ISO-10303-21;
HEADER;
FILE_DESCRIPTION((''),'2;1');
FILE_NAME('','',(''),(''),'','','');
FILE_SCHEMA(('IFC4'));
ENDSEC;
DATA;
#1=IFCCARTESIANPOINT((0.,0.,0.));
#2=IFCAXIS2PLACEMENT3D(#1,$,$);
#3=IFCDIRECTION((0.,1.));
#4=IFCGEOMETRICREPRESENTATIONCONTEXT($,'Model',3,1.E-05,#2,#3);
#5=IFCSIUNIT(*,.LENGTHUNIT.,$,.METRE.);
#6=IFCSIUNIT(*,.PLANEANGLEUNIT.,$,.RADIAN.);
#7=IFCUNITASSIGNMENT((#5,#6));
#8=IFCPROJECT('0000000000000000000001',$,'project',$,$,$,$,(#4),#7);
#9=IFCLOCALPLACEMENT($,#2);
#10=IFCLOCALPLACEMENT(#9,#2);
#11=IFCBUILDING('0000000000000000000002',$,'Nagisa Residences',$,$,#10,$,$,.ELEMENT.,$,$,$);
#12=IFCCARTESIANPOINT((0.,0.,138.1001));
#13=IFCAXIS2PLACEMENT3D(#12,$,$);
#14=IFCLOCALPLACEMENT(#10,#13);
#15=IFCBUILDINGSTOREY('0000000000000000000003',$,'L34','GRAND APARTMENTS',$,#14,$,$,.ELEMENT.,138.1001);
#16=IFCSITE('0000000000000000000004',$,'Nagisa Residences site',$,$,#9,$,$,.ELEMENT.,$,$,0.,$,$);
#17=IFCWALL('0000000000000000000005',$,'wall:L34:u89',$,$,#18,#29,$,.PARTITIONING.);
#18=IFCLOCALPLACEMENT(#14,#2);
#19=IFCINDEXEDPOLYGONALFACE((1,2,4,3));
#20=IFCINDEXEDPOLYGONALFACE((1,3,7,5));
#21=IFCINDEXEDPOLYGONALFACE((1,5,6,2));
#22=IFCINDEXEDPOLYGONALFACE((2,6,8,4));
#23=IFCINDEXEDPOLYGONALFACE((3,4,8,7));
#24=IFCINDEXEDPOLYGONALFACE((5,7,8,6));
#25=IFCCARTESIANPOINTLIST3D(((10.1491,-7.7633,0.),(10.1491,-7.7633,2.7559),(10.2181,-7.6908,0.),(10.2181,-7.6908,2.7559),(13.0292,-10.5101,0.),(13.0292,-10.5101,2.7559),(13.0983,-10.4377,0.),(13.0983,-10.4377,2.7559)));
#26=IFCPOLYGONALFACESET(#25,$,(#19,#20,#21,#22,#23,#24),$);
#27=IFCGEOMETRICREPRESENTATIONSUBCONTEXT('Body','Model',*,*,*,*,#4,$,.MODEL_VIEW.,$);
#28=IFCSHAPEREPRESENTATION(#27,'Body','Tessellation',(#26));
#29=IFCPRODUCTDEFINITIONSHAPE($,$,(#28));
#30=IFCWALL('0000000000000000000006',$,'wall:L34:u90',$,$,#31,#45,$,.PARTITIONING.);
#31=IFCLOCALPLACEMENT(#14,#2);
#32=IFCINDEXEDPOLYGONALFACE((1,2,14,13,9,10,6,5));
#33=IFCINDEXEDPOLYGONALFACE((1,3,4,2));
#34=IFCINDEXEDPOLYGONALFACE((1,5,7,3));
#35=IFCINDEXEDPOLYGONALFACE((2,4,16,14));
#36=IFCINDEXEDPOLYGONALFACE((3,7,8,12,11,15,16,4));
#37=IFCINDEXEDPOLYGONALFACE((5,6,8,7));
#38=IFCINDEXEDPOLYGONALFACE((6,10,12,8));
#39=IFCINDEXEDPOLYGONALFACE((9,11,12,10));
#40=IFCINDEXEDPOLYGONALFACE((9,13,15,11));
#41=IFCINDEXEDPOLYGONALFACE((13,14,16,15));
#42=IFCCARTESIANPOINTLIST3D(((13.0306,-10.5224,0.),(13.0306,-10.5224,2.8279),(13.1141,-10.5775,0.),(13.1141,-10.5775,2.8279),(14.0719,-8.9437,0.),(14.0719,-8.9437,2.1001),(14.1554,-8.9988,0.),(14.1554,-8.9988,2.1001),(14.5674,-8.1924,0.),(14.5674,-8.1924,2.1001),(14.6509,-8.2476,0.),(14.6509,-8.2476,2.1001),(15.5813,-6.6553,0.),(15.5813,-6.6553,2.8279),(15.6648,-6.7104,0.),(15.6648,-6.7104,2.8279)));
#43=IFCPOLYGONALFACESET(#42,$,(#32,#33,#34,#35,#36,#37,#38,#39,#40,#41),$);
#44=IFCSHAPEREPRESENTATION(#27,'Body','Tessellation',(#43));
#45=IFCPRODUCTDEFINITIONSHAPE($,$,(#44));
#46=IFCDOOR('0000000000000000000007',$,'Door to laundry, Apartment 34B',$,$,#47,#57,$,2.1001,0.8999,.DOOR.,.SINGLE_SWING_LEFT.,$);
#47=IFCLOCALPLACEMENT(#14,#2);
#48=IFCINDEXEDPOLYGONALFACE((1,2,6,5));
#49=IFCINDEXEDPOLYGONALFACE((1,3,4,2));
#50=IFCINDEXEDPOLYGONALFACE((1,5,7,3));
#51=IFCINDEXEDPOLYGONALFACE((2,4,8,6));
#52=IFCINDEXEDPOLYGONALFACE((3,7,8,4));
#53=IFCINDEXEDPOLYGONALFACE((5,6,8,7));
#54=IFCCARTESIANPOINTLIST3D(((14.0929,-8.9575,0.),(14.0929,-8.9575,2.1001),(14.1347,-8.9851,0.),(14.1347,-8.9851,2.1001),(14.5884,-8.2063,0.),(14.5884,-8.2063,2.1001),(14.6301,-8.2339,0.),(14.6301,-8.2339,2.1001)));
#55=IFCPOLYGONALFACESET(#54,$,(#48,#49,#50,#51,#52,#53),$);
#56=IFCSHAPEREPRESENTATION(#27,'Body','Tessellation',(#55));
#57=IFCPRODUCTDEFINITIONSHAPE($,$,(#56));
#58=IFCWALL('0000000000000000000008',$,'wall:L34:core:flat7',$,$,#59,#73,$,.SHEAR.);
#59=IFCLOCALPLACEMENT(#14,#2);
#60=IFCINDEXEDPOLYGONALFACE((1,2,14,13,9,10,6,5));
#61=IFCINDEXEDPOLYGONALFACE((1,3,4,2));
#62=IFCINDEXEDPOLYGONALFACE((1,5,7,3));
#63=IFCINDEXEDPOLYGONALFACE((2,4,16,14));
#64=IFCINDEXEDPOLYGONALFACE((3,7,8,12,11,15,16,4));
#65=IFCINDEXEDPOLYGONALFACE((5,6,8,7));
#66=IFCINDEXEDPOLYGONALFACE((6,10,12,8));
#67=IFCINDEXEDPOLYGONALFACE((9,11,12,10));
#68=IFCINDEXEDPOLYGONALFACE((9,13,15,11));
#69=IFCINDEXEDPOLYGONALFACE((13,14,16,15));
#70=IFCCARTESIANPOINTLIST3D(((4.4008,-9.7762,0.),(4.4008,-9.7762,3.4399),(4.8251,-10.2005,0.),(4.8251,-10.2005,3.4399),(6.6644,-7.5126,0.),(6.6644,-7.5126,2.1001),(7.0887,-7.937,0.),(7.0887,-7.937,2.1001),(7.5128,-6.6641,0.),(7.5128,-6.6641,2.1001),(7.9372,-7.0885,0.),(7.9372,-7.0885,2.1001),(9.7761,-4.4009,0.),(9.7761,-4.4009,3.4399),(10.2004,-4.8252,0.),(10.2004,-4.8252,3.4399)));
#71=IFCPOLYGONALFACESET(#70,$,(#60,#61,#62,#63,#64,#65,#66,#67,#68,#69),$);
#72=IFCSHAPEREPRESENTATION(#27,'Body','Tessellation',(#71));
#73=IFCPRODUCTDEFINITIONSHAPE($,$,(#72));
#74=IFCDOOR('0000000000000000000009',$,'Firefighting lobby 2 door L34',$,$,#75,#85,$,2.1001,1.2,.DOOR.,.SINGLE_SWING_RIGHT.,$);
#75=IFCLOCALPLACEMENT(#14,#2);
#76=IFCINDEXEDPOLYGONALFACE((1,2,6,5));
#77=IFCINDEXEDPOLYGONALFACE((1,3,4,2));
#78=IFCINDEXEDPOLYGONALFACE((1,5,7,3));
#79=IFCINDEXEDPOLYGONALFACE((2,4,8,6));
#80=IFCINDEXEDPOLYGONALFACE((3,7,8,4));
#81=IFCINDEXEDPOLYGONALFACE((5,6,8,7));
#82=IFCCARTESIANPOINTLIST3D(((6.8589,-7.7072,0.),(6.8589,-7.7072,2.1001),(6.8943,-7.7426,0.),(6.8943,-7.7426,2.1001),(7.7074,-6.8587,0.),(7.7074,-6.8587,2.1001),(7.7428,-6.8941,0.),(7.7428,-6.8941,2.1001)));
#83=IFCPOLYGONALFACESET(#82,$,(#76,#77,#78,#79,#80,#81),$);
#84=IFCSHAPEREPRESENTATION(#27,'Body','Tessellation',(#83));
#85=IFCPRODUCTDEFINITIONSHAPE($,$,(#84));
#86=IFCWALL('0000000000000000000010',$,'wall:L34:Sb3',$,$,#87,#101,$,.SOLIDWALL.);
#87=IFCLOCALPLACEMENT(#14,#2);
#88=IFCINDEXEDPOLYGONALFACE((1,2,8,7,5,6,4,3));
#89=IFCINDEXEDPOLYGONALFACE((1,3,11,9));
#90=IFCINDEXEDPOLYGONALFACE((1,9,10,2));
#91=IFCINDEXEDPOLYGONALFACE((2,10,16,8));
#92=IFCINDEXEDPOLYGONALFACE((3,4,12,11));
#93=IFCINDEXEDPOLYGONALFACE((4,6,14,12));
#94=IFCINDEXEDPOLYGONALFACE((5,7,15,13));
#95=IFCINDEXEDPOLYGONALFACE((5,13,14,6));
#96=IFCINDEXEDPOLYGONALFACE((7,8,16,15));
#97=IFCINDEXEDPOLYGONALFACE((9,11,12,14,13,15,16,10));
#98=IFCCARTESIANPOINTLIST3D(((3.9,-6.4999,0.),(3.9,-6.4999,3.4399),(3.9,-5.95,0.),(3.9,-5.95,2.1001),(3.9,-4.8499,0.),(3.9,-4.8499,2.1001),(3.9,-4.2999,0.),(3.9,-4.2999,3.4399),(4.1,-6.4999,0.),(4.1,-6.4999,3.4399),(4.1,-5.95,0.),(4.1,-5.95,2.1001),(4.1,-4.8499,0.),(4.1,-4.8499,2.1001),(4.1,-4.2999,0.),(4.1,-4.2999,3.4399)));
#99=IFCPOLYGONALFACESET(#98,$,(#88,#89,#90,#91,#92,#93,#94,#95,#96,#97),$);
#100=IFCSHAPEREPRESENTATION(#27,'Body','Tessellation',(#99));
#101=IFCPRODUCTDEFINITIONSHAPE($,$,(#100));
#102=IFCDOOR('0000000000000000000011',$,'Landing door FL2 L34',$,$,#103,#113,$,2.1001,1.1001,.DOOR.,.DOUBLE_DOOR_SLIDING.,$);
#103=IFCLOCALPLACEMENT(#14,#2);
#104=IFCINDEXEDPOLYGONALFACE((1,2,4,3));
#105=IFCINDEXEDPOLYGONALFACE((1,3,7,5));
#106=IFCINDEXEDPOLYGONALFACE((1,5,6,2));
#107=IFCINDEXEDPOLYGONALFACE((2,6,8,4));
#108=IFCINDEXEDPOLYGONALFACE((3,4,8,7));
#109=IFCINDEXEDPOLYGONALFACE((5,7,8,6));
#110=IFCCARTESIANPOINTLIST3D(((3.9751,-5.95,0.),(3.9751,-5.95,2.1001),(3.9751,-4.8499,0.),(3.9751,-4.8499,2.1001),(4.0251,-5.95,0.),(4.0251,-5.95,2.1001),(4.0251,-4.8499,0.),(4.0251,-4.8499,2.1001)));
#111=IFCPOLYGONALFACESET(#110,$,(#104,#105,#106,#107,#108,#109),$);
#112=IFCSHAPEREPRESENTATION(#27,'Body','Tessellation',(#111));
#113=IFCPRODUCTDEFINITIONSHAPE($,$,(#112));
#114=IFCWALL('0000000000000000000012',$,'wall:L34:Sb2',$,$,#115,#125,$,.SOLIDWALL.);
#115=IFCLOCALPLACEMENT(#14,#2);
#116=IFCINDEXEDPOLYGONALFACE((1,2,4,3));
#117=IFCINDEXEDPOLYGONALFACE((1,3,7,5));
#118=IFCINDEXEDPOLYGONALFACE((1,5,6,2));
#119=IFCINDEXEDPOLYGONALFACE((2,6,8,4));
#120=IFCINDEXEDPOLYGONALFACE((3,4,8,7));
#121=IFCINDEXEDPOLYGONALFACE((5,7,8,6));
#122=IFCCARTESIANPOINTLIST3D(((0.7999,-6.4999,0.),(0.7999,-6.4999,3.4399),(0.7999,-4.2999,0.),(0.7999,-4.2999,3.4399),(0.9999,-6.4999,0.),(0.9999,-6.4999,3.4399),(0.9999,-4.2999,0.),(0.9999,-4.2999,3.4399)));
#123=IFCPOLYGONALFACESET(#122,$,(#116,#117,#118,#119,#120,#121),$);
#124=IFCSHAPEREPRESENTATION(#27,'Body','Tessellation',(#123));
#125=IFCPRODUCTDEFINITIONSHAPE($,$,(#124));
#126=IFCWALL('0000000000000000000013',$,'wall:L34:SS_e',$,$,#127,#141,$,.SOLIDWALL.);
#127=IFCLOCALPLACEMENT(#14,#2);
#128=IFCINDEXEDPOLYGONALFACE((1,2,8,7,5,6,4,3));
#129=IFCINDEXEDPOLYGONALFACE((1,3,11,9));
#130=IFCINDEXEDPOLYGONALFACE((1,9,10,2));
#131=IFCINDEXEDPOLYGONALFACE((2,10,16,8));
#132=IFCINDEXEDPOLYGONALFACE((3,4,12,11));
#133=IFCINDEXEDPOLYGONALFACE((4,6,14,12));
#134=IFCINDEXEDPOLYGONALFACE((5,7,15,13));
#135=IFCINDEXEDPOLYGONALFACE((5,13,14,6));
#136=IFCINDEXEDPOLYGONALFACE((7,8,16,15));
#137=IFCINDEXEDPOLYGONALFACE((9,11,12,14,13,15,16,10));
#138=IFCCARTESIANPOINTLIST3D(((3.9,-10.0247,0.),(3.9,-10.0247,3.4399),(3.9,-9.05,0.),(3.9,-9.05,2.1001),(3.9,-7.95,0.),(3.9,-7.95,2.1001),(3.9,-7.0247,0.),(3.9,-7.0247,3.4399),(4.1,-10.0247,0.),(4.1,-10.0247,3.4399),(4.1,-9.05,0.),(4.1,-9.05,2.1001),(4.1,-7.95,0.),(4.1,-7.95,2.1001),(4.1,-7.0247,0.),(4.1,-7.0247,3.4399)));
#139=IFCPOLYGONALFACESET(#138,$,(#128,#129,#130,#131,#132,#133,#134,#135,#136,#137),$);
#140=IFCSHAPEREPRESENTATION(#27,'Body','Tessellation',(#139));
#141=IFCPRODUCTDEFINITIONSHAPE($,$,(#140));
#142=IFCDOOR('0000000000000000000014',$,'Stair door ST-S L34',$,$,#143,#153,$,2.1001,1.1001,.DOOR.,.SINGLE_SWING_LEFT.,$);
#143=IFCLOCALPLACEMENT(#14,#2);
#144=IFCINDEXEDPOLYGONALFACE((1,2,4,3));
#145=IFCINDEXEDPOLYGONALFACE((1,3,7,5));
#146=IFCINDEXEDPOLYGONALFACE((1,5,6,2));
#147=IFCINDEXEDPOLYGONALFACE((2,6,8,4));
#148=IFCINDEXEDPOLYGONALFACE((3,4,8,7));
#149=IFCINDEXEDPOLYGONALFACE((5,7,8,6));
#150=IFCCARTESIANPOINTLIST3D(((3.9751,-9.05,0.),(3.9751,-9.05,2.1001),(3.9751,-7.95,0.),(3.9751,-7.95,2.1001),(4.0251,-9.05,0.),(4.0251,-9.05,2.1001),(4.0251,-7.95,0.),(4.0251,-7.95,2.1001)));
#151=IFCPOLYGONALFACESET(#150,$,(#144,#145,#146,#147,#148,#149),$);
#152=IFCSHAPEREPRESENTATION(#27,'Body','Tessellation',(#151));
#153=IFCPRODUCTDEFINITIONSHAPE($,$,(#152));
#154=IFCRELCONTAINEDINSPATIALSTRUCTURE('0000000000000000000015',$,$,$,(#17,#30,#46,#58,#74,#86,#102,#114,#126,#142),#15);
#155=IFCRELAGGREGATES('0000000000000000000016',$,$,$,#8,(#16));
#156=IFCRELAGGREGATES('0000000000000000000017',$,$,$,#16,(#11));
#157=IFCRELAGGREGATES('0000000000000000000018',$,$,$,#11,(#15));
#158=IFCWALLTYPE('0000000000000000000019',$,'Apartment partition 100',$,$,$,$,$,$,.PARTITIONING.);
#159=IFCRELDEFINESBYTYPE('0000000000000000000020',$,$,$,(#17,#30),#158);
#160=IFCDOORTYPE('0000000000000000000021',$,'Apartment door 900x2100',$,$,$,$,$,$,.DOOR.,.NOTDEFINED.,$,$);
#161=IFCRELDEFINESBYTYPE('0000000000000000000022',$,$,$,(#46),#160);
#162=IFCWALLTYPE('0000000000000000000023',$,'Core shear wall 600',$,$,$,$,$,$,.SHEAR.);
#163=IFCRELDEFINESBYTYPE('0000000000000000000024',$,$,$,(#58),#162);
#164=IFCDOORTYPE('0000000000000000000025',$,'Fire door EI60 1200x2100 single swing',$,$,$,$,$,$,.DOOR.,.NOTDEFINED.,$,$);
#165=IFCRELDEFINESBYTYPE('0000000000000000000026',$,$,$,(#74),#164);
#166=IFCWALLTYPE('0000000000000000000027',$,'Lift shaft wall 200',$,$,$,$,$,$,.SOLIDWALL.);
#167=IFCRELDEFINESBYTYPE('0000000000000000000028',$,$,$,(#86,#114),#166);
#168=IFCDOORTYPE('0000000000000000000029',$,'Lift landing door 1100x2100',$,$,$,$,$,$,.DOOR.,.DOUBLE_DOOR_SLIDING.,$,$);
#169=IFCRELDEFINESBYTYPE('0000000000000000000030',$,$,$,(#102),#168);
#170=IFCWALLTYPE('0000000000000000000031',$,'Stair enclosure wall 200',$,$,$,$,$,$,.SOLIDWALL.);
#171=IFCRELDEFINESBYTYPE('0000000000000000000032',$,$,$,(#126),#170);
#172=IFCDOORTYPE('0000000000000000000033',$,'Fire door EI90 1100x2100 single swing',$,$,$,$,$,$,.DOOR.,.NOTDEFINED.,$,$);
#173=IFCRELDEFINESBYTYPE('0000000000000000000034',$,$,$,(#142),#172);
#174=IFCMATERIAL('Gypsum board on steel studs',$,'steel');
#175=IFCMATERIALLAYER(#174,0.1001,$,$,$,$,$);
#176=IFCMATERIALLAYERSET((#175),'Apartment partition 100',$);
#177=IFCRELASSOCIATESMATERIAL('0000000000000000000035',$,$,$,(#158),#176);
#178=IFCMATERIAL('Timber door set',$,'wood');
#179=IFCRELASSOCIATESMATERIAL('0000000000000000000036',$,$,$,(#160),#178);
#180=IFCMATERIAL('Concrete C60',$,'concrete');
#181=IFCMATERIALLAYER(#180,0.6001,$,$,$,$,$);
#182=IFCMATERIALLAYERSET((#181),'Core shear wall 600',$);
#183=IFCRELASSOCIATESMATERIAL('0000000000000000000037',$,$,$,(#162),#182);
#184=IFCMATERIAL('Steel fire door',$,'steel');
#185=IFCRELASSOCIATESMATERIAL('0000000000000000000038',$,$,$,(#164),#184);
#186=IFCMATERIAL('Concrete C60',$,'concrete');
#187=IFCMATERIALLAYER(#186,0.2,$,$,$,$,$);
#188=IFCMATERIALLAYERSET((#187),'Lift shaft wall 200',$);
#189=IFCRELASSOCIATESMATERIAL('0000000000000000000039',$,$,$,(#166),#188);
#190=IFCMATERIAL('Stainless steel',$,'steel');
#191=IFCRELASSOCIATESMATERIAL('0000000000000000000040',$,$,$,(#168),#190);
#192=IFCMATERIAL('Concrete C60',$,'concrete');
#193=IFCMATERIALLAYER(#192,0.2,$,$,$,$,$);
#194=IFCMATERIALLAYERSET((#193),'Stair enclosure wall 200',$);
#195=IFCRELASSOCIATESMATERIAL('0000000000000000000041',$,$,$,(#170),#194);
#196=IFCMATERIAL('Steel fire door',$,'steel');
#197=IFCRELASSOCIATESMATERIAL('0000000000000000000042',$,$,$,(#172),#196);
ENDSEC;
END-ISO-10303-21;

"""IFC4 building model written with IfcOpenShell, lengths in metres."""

from ifc_helpers import new_model, si_unit, direction, frame, frame_2d, origin, place, context, subcontext, project, spatial, rectangle, extrude, material, layer, layer_set, type_object, element, fill, save


model = new_model("IFC4")

# Units and contexts
model_context = context("Model", 3, precision=1e-05, world=origin(), true_north=direction((0.0, 1.0)))
body_context = subcontext(model_context, "Body", "Model", "MODEL_VIEW")
ifc_project = project(units=[si_unit("LENGTHUNIT", "METRE"), si_unit("PLANEANGLEUNIT", "RADIAN")], contexts=[model_context])

# Site, building, storey
site_placement = place(None, origin())
site = spatial("IfcSite", under=ifc_project, at=site_placement, Name="Nagisa Residences site", CompositionType="ELEMENT", RefElevation=0.0)
building_placement = place(site_placement, origin())
building = spatial("IfcBuilding", under=site, at=building_placement, Name="Nagisa Residences", CompositionType="ELEMENT")
storey_placement = place(building_placement, frame((0.0, 0.0, 138.1001)))
storey = spatial("IfcBuildingStorey", under=building, at=storey_placement, Name="L34", Description="GRAND APARTMENTS", CompositionType="ELEMENT", Elevation=138.1001)

# Shared definitions
ifc_material_1 = material(Name="Gypsum board on steel studs", Category="steel")
ifc_layer_1 = layer(ifc_material_1, 0.1001)
ifc_layer_set_1 = layer_set([ifc_layer_1], Name="Apartment partition 100")
wall_type_1 = type_object("IfcWallType", Name="Apartment partition 100", PredefinedType="PARTITIONING", material=ifc_layer_set_1)
ifc_material_2 = material(Name="Timber door set", Category="wood")
door_type_1 = type_object("IfcDoorType", Name="Apartment door 900x2100", OperationType="NOTDEFINED", PredefinedType="DOOR", material=ifc_material_2)

# Wall
wall_1_placement = place(storey_placement, frame((10.1836, -7.7271, 0.0), z_axis=(0.0, 0.0, 1.0), x_axis=(0.723655, -0.690162, 0.0)))
element("IfcWall", 1, at=wall_1_placement, inside=storey, type_object=wall_type_1, Name="wall:L34:u89", PredefinedType="PARTITIONING", context=body_context, shape_type="SweptSolid", body=[
    extrude(rectangle(XDim=3.98, YDim=0.1001, at=frame_2d((1.99, 0.0))), origin(), (0.0, 0.0, 1.0), 2.7559),
])

# Walls, openings, doors
wall_2_placement = place(storey_placement, frame((13.0723, -10.55, 0.0), z_axis=(0.0, 0.0, 1.0), x_axis=(0.550607, 0.834764, 0.0)))
wall_2 = element("IfcWall", 2, at=wall_2_placement, inside=storey, type_object=wall_type_1, Name="wall:L34:u90", PredefinedType="PARTITIONING", context=body_context, shape_type="SweptSolid", body=[
    extrude(rectangle(XDim=4.6326, YDim=0.1001, at=frame_2d((2.3164, 0.0))), origin(), (0.0, 0.0, 1.0), 2.8279),
])
opening_1_placement = place(wall_2_placement, frame((1.8914, 0.0, 0.0)))
opening_1 = element("IfcOpeningElement", 3, at=opening_1_placement, cuts=wall_2, PredefinedType="OPENING", context=body_context, shape_type="SweptSolid", body=[
    extrude(rectangle(XDim=0.8999, YDim=2.1001, at=frame_2d((0.45, 1.05))), frame((0.0, 0.0601, 0.0), z_axis=(0.0, -1.0, 0.0), x_axis=(1.0, 0.0, 0.0)), (0.0, 0.0, 1.0), 0.1201),
])
door_1_placement = place(opening_1_placement, origin())
door_1 = element("IfcDoor", 4, at=door_1_placement, inside=storey, type_object=door_type_1, Name="Door to laundry, Apartment 34B", OperationType="SINGLE_SWING_LEFT", OverallHeight=2.1001, OverallWidth=0.8999, PredefinedType="DOOR", context=body_context, shape_type="SweptSolid", body=[
    extrude(rectangle(XDim=0.8999, YDim=2.1001, at=frame_2d((0.45, 1.05))), frame((0.0, 0.0249, 0.0), z_axis=(0.0, -1.0, 0.0), x_axis=(1.0, 0.0, 0.0)), (0.0, 0.0, 1.0), 0.05),
])
fill(opening_1, door_1)
ifc_material_3 = material(Name="Concrete C60", Category="concrete")
ifc_layer_2 = layer(ifc_material_3, 0.6001)
ifc_layer_set_2 = layer_set([ifc_layer_2], Name="Core shear wall 600")
wall_type_2 = type_object("IfcWallType", Name="Core shear wall 600", PredefinedType="SHEAR", material=ifc_layer_set_2)
wall_3_placement = place(storey_placement, frame((4.613, -9.9883, 0.0), z_axis=(0.0, 0.0, 1.0), x_axis=(0.707107, 0.707107, 0.0)))
wall_3 = element("IfcWall", 5, at=wall_3_placement, inside=storey, type_object=wall_type_2, Name="wall:L34:core:flat7", PredefinedType="SHEAR", context=body_context, shape_type="SweptSolid", body=[
    extrude(rectangle(XDim=7.6018, YDim=0.6001, at=frame_2d((3.8008, 0.0))), origin(), (0.0, 0.0, 1.0), 3.4399),
])
opening_2_placement = place(wall_3_placement, frame((3.2009, 0.0, 0.0)))
opening_2 = element("IfcOpeningElement", 6, at=opening_2_placement, cuts=wall_3, PredefinedType="OPENING", context=body_context, shape_type="SweptSolid", body=[
    extrude(rectangle(XDim=1.2, YDim=2.1001, at=frame_2d((0.6001, 1.05))), frame((0.0, 0.3101, 0.0), z_axis=(0.0, -1.0, 0.0), x_axis=(1.0, 0.0, 0.0)), (0.0, 0.0, 1.0), 0.6201),
])
ifc_material_4 = material(Name="Steel fire door", Category="steel")
door_type_2 = type_object("IfcDoorType", Name="Fire door EI60 1200x2100 single swing", OperationType="NOTDEFINED", PredefinedType="DOOR", material=ifc_material_4)
door_2_placement = place(opening_2_placement, origin())
door_2 = element("IfcDoor", 7, at=door_2_placement, inside=storey, type_object=door_type_2, Name="Firefighting lobby 2 door L34", OperationType="SINGLE_SWING_RIGHT", OverallHeight=2.1001, OverallWidth=1.2, PredefinedType="DOOR", context=body_context, shape_type="SweptSolid", body=[
    extrude(rectangle(XDim=1.2, YDim=2.1001, at=frame_2d((0.6001, 1.05))), frame((0.0, 0.0249, 0.0), z_axis=(0.0, -1.0, 0.0), x_axis=(1.0, 0.0, 0.0)), (0.0, 0.0, 1.0), 0.05),
])
fill(opening_2, door_2)
ifc_material_5 = material(Name="Concrete C60", Category="concrete")
ifc_layer_3 = layer(ifc_material_5, 0.2)
ifc_layer_set_3 = layer_set([ifc_layer_3], Name="Lift shaft wall 200")
wall_type_3 = type_object("IfcWallType", Name="Lift shaft wall 200", PredefinedType="SOLIDWALL", material=ifc_layer_set_3)
wall_4_placement = place(storey_placement, frame((4.0, -6.5, 0.0), z_axis=(0.0, 0.0, 1.0), x_axis=(0.0, 1.0, 0.0)))
wall_4 = element("IfcWall", 8, at=wall_4_placement, inside=storey, type_object=wall_type_3, Name="wall:L34:Sb3", PredefinedType="SOLIDWALL", context=body_context, shape_type="SweptSolid", body=[
    extrude(rectangle(XDim=2.2, YDim=0.2, at=frame_2d((1.1001, 0.0))), origin(), (0.0, 0.0, 1.0), 3.4399),
])
opening_3_placement = place(wall_4_placement, frame((0.55, 0.0, 0.0)))
opening_3 = element("IfcOpeningElement", 9, at=opening_3_placement, cuts=wall_4, PredefinedType="OPENING", context=body_context, shape_type="SweptSolid", body=[
    extrude(rectangle(XDim=1.1001, YDim=2.1001, at=frame_2d((0.55, 1.05))), frame((0.0, 0.1099, 0.0), z_axis=(0.0, -1.0, 0.0), x_axis=(1.0, 0.0, 0.0)), (0.0, 0.0, 1.0), 0.22),
])
ifc_material_6 = material(Name="Stainless steel", Category="steel")
door_type_3 = type_object("IfcDoorType", Name="Lift landing door 1100x2100", OperationType="DOUBLE_DOOR_SLIDING", PredefinedType="DOOR", material=ifc_material_6)
door_3_placement = place(opening_3_placement, origin())
door_3 = element("IfcDoor", 10, at=door_3_placement, inside=storey, type_object=door_type_3, Name="Landing door FL2 L34", OperationType="DOUBLE_DOOR_SLIDING", OverallHeight=2.1001, OverallWidth=1.1001, PredefinedType="DOOR", context=body_context, shape_type="SweptSolid", body=[
    extrude(rectangle(XDim=1.1001, YDim=2.1001, at=frame_2d((0.55, 1.05))), frame((0.0, 0.0249, 0.0), z_axis=(0.0, -1.0, 0.0), x_axis=(1.0, 0.0, 0.0)), (0.0, 0.0, 1.0), 0.05),
])
fill(opening_3, door_3)

# Wall
wall_5_placement = place(storey_placement, frame((0.8999, -6.5, 0.0), z_axis=(0.0, 0.0, 1.0), x_axis=(0.0, 1.0, 0.0)))
element("IfcWall", 11, at=wall_5_placement, inside=storey, type_object=wall_type_3, Name="wall:L34:Sb2", PredefinedType="SOLIDWALL", context=body_context, shape_type="SweptSolid", body=[
    extrude(rectangle(XDim=2.2, YDim=0.2, at=frame_2d((1.1001, 0.0))), origin(), (0.0, 0.0, 1.0), 3.4399),
])

# Wall, opening, door
ifc_material_7 = material(Name="Concrete C60", Category="concrete")
ifc_layer_4 = layer(ifc_material_7, 0.2)
ifc_layer_set_4 = layer_set([ifc_layer_4], Name="Stair enclosure wall 200")
wall_type_4 = type_object("IfcWallType", Name="Stair enclosure wall 200", PredefinedType="SOLIDWALL", material=ifc_layer_set_4)
wall_6_placement = place(storey_placement, frame((4.0, -10.0247, 0.0), z_axis=(0.0, 0.0, 1.0), x_axis=(0.0, 1.0, 0.0)))
wall_6 = element("IfcWall", 12, at=wall_6_placement, inside=storey, type_object=wall_type_4, Name="wall:L34:SS_e", PredefinedType="SOLIDWALL", context=body_context, shape_type="SweptSolid", body=[
    extrude(rectangle(XDim=3.0, YDim=0.2, at=frame_2d((1.5, 0.0))), origin(), (0.0, 0.0, 1.0), 3.4399),
])
opening_4_placement = place(wall_6_placement, frame((0.9746, 0.0, 0.0)))
opening_4 = element("IfcOpeningElement", 13, at=opening_4_placement, cuts=wall_6, PredefinedType="OPENING", context=body_context, shape_type="SweptSolid", body=[
    extrude(rectangle(XDim=1.1001, YDim=2.1001, at=frame_2d((0.55, 1.05))), frame((0.0, 0.1099, 0.0), z_axis=(0.0, -1.0, 0.0), x_axis=(1.0, 0.0, 0.0)), (0.0, 0.0, 1.0), 0.22),
])
ifc_material_8 = material(Name="Steel fire door", Category="steel")
door_type_4 = type_object("IfcDoorType", Name="Fire door EI90 1100x2100 single swing", OperationType="NOTDEFINED", PredefinedType="DOOR", material=ifc_material_8)
door_4_placement = place(opening_4_placement, origin())
door_4 = element("IfcDoor", 14, at=door_4_placement, inside=storey, type_object=door_type_4, Name="Stair door ST-S L34", OperationType="SINGLE_SWING_LEFT", OverallHeight=2.1001, OverallWidth=1.1001, PredefinedType="DOOR", context=body_context, shape_type="SweptSolid", body=[
    extrude(rectangle(XDim=1.1001, YDim=2.1001, at=frame_2d((0.55, 1.05))), frame((0.0, 0.0249, 0.0), z_axis=(0.0, -1.0, 0.0), x_axis=(1.0, 0.0, 0.0)), (0.0, 0.0, 1.0), 0.05),
])
fill(opening_4, door_4)

save(model, "model.ifc")
